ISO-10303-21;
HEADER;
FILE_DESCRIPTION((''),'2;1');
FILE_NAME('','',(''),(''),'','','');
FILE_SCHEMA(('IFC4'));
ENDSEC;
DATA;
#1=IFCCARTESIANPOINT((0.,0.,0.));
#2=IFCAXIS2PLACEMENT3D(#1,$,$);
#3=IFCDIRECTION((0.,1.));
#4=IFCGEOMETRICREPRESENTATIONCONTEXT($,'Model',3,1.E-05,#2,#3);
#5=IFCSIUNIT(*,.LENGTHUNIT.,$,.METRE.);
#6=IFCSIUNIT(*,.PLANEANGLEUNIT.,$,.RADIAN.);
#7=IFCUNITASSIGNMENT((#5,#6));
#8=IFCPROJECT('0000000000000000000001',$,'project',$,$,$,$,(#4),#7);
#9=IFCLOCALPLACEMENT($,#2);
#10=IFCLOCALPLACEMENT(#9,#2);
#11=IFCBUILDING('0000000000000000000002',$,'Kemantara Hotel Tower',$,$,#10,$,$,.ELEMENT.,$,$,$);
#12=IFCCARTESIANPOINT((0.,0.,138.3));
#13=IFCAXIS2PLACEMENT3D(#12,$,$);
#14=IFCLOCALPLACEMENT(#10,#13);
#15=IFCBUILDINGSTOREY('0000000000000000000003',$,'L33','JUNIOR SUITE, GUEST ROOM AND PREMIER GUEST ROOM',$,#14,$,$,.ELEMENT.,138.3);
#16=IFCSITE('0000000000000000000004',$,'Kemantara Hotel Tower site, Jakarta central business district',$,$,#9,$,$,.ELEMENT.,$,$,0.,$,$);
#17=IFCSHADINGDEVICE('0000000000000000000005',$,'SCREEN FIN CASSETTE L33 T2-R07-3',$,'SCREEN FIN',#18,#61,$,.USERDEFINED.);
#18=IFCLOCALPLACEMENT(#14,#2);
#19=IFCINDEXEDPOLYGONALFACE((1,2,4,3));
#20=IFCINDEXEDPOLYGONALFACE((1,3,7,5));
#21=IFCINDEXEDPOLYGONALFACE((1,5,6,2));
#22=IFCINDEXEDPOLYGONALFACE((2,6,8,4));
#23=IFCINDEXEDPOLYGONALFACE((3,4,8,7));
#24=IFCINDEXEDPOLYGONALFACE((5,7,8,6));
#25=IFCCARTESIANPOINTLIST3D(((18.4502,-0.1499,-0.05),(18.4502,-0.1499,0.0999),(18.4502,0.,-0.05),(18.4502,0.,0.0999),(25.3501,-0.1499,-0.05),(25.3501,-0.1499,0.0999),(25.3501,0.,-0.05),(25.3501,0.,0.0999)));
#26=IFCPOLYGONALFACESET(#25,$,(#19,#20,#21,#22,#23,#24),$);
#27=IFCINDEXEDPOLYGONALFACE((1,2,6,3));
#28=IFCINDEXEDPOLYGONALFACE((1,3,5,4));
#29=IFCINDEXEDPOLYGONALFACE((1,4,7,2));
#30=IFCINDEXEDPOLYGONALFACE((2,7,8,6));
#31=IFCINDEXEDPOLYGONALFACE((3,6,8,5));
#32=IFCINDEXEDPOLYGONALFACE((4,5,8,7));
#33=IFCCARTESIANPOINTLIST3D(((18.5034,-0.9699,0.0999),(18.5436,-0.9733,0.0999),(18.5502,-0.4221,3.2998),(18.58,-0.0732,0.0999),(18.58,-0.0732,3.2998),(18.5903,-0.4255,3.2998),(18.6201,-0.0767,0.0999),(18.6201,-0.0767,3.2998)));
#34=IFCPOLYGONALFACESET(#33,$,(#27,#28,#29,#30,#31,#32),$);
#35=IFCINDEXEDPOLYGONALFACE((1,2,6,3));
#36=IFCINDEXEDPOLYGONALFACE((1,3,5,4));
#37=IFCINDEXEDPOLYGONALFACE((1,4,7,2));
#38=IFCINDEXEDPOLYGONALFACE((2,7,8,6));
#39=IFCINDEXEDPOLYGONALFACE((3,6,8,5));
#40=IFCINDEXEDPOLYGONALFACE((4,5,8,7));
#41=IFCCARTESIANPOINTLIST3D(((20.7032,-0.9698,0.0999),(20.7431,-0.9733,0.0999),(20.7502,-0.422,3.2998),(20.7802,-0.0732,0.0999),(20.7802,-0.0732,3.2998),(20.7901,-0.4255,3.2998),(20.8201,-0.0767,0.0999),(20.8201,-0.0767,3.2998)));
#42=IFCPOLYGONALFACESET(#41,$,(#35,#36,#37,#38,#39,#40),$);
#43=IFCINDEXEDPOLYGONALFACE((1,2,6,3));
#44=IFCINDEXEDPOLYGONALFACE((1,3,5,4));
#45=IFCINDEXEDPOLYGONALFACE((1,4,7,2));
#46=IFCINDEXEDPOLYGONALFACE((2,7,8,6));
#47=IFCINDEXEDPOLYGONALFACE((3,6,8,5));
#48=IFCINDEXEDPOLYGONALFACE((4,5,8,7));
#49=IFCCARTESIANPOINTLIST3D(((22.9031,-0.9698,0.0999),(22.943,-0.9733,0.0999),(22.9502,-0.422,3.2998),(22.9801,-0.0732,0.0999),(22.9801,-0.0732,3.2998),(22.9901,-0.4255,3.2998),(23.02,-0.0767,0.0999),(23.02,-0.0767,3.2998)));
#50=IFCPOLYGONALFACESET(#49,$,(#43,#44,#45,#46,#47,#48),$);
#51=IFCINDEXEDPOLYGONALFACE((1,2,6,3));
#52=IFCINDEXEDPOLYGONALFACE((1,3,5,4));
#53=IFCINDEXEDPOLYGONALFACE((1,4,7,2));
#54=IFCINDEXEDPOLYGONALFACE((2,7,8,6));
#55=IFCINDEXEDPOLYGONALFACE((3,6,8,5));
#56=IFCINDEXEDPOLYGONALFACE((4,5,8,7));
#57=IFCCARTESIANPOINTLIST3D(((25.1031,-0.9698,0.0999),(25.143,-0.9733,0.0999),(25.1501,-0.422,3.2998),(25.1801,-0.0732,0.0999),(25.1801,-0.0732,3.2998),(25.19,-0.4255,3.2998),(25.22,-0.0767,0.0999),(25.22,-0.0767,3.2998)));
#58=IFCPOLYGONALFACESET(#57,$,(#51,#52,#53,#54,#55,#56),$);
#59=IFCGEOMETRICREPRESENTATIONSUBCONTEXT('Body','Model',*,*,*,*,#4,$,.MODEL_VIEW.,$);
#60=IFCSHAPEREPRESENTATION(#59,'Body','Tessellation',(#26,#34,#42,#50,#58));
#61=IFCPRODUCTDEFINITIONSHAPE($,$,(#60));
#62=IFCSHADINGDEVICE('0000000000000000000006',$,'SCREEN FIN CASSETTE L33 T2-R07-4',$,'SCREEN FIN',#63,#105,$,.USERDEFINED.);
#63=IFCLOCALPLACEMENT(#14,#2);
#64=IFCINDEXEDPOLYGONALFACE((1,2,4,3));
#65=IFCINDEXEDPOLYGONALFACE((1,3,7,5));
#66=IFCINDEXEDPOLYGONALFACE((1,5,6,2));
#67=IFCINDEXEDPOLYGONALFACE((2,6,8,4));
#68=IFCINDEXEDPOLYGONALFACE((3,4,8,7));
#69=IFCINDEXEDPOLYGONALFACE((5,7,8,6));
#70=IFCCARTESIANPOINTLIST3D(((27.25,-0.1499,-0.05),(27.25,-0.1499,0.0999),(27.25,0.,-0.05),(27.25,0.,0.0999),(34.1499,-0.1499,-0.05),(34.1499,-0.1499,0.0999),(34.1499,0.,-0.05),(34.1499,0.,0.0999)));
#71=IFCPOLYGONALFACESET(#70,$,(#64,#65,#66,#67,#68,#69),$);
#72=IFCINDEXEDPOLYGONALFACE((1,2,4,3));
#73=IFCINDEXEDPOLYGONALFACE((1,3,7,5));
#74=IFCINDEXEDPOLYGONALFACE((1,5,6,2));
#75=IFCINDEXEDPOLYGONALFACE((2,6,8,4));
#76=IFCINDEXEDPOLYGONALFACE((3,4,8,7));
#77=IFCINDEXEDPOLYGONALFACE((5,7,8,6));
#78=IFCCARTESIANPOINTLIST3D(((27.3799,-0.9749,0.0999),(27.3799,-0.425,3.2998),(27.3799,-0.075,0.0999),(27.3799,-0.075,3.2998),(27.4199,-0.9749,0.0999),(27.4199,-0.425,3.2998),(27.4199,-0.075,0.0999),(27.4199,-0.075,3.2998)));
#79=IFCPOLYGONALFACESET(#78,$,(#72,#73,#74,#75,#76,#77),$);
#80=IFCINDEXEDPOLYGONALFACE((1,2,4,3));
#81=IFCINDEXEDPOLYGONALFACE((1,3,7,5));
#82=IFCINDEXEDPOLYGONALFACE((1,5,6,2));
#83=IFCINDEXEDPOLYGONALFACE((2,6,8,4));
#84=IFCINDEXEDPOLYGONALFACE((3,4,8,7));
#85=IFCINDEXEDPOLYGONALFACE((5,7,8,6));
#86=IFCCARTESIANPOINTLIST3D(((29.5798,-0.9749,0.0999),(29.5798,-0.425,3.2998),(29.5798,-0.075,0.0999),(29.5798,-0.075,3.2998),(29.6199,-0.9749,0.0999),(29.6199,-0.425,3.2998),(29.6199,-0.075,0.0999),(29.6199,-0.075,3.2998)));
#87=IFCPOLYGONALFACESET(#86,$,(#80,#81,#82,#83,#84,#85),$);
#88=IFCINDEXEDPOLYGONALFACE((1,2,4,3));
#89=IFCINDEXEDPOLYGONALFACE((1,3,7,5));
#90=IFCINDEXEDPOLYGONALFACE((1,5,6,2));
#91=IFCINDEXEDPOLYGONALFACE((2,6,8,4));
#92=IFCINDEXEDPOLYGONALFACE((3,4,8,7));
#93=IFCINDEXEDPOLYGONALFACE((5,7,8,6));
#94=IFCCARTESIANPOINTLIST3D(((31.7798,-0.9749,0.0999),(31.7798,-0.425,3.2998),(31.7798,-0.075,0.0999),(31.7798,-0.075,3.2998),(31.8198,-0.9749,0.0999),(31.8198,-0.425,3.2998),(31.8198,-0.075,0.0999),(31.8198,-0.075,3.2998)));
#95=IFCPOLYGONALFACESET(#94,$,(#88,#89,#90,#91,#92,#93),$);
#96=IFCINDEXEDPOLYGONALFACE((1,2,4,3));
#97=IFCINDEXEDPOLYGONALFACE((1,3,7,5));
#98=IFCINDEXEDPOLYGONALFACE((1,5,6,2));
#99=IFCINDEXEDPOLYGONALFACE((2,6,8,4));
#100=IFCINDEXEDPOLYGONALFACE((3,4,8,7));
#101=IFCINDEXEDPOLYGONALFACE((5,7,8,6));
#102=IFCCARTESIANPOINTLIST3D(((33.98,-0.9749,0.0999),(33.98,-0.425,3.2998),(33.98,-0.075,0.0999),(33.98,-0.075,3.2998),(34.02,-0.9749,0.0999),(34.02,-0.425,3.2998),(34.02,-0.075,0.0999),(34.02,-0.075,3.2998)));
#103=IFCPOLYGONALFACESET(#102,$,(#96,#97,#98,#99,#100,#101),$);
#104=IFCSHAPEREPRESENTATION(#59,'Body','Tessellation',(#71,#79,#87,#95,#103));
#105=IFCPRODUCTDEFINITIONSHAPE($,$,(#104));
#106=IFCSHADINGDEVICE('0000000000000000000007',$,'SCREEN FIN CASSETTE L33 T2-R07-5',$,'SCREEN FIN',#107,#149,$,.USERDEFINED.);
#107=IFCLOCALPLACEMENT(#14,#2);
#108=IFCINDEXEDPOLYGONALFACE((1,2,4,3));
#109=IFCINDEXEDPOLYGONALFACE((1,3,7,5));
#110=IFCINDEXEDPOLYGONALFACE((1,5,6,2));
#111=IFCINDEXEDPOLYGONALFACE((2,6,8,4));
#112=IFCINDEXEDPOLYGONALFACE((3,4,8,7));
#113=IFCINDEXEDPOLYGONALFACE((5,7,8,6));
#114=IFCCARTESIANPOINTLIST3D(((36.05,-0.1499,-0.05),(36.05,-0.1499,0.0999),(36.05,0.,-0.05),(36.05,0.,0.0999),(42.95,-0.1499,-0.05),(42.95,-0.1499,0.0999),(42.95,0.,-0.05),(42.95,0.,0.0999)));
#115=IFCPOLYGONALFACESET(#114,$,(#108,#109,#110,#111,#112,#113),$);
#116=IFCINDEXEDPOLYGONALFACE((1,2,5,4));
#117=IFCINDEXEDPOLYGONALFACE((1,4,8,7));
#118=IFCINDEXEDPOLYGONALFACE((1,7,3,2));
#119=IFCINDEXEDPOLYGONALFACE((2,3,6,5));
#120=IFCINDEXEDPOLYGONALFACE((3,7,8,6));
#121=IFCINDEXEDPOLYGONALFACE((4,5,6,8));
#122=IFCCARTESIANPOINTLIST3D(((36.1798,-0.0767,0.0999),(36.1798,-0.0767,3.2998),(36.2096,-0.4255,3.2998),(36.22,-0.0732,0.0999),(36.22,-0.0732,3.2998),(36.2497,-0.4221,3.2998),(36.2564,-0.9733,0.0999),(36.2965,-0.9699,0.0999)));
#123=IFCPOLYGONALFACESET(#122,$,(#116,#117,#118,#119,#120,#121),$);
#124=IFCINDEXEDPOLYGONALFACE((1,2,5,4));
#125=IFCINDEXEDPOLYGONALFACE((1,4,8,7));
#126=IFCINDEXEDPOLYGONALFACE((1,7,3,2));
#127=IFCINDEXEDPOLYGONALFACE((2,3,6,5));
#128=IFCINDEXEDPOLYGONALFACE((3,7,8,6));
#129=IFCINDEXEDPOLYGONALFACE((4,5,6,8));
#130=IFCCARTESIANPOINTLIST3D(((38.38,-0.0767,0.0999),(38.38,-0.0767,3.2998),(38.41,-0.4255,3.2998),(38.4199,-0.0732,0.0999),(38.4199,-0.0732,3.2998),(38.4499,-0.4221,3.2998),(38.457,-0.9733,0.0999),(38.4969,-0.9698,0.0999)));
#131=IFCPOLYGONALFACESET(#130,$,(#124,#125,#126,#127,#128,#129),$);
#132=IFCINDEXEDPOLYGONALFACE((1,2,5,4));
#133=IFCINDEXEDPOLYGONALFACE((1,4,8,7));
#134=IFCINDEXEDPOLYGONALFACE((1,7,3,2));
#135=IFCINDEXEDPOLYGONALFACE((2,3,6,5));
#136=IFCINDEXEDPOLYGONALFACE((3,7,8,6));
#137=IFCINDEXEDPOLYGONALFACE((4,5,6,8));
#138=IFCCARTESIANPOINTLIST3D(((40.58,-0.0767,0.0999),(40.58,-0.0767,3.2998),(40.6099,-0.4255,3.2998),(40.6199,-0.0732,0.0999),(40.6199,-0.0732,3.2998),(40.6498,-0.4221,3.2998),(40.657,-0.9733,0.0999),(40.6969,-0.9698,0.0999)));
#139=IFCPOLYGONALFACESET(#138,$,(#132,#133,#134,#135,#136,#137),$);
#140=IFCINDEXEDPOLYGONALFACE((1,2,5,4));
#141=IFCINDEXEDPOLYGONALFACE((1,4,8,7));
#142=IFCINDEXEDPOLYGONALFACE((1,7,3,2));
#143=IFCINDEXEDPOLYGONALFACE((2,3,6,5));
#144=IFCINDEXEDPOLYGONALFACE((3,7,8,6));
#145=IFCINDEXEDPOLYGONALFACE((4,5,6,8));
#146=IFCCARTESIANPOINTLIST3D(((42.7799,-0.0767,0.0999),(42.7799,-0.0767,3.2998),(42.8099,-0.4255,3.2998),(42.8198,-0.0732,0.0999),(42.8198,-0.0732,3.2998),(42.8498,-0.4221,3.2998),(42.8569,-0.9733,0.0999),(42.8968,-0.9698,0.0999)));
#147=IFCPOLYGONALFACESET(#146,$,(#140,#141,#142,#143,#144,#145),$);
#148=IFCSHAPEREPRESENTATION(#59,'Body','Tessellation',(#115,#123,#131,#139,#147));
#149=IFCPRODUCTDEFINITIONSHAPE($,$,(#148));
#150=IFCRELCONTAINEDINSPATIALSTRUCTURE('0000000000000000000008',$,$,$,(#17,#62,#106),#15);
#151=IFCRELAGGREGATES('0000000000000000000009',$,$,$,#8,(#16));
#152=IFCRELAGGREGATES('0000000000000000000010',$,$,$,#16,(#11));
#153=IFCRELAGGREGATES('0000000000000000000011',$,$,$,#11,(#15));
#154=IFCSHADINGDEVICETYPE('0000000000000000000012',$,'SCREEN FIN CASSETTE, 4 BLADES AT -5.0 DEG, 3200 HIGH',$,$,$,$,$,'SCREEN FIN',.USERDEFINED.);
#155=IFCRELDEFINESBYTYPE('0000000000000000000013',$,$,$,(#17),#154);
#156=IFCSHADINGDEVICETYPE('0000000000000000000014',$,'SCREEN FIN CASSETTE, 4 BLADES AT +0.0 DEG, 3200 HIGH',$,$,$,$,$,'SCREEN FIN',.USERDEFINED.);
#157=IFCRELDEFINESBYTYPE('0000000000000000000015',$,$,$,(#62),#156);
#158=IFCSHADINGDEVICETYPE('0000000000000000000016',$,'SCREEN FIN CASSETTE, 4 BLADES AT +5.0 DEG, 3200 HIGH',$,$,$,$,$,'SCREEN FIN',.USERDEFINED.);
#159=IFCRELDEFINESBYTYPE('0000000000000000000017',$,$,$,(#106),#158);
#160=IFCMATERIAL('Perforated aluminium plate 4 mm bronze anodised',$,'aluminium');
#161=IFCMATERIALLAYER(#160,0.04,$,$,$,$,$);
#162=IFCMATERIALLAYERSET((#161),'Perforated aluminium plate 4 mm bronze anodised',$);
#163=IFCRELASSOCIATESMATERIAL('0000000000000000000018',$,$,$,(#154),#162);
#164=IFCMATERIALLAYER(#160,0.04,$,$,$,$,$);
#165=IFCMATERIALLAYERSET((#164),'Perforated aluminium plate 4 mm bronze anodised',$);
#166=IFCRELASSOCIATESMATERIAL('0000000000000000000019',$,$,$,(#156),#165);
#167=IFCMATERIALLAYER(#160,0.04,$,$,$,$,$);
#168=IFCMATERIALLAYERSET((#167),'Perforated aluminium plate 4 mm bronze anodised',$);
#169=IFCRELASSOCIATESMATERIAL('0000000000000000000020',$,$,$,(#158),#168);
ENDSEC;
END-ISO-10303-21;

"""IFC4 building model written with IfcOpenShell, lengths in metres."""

from ifc_helpers import new_model, si_unit, direction, frame, origin, origin_2d, place, context, subcontext, project, spatial, polyline, rectangle, outline, extrude, source, transform, mapped, material, layer, layer_set, type_object, element, save


model = new_model("IFC4")

# Units and contexts
model_context = context("Model", 3, precision=1e-05, world=origin(), true_north=direction((0.0, 1.0)))
body_context = subcontext(model_context, "Body", "Model", "MODEL_VIEW")
ifc_project = project(units=[si_unit("LENGTHUNIT", "METRE"), si_unit("PLANEANGLEUNIT", "RADIAN")], contexts=[model_context])

# Site, building, storey
site_placement = place(None, origin())
site = spatial("IfcSite", under=ifc_project, at=site_placement, Name="Kemantara Hotel Tower site, Jakarta central business district", CompositionType="ELEMENT", RefElevation=0.0)
building_placement = place(site_placement, origin())
building = spatial("IfcBuilding", under=site, at=building_placement, Name="Kemantara Hotel Tower", CompositionType="ELEMENT")
storey_placement = place(building_placement, frame((0.0, 0.0, 138.3)))
storey = spatial("IfcBuildingStorey", under=building, at=storey_placement, Name="L33", Description="JUNIOR SUITE, GUEST ROOM AND PREMIER GUEST ROOM", CompositionType="ELEMENT", Elevation=138.3)

# Shading devices
ifc_material_1 = material(Name="Perforated aluminium plate 4 mm bronze anodised", Category="aluminium")
ifc_layer_1 = layer(ifc_material_1, 0.04)
ifc_layer_set_1 = layer_set([ifc_layer_1], Name="Perforated aluminium plate 4 mm bronze anodised")
shading_device_type_1 = type_object("IfcShadingDeviceType", Name="SCREEN FIN CASSETTE, 4 BLADES AT -5.0 DEG, 3200 HIGH", ElementType="SCREEN FIN", PredefinedType="USERDEFINED", material=ifc_layer_set_1)
shared_shape_1 = source(origin(), body_context, "Body", "SweptSolid", [
    extrude(rectangle(XDim=6.8999, YDim=0.1499, at=origin_2d()), frame((3.3, -0.075, -0.1499), z_axis=(0.0, 0.0, 1.0), x_axis=(1.0, 0.0, 0.0)), (0.0, 0.0, 1.0), 0.1499),
    extrude(outline(polyline([(0.0, 0.0), (0.8999, 0.0), (0.3501, 3.2), (0.0, 3.2), (0.0, 0.0)])), frame((0.02, -0.0767, 0.0), z_axis=(-0.996376, 0.085056, 0.0), x_axis=(-0.085056, -0.996376, 0.0)), (0.0, 0.0, 1.0), 0.0403),
    extrude(outline(polyline([(0.0, 0.0), (0.8999, 0.0), (0.3501, 3.2), (0.0, 3.2), (0.0, 0.0)])), frame((2.22, -0.0767, 0.0), z_axis=(-0.996332, 0.085575, 0.0), x_axis=(-0.085575, -0.996332, 0.0)), (0.0, 0.0, 1.0), 0.04),
    extrude(outline(polyline([(0.0, 0.0), (0.8999, 0.0), (0.3501, 3.2), (0.0, 3.2), (0.0, 0.0)])), frame((4.4199, -0.0767, 0.0), z_axis=(-0.996332, 0.085575, 0.0), x_axis=(-0.085575, -0.996332, 0.0)), (0.0, 0.0, 1.0), 0.04),
    extrude(outline(polyline([(0.0, 0.0), (0.8999, 0.0), (0.3501, 3.2), (0.0, 3.2), (0.0, 0.0)])), frame((6.6199, -0.0767, 0.0), z_axis=(-0.996332, 0.085575, 0.0), x_axis=(-0.085575, -0.996332, 0.0)), (0.0, 0.0, 1.0), 0.04),
])
shading_device_1_placement = place(storey_placement, frame((18.6001, 0.0, 0.0999), z_axis=(0.0, 0.0, 1.0), x_axis=(1.0, 0.0, 0.0)))
element("IfcShadingDevice", 1, at=shading_device_1_placement, inside=storey, type_object=shading_device_type_1, Name="SCREEN FIN CASSETTE L33 T2-R07-3", ObjectType="SCREEN FIN", PredefinedType="USERDEFINED", context=body_context, shape_type="MappedRepresentation", body=[
    mapped(shared_shape_1, transform((0.0, 0.0, 0.0))),
])
ifc_layer_2 = layer(ifc_material_1, 0.04)
ifc_layer_set_2 = layer_set([ifc_layer_2], Name="Perforated aluminium plate 4 mm bronze anodised")
shading_device_type_2 = type_object("IfcShadingDeviceType", Name="SCREEN FIN CASSETTE, 4 BLADES AT +0.0 DEG, 3200 HIGH", ElementType="SCREEN FIN", PredefinedType="USERDEFINED", material=ifc_layer_set_2)
shared_shape_2 = source(origin(), body_context, "Body", "SweptSolid", [
    extrude(rectangle(XDim=6.8999, YDim=0.1499, at=origin_2d()), frame((3.3, -0.075, -0.1499), z_axis=(0.0, 0.0, 1.0), x_axis=(1.0, 0.0, 0.0)), (0.0, 0.0, 1.0), 0.1499),
    extrude(outline(polyline([(0.0, 0.0), (0.8999, 0.0), (0.3501, 3.2), (0.0, 3.2), (0.0, 0.0)])), frame((0.02, -0.075, 0.0), z_axis=(-1.0, 0.0, 0.0), x_axis=(0.0, -1.0, 0.0)), (0.0, 0.0, 1.0), 0.04),
    extrude(outline(polyline([(0.0, 0.0), (0.8999, 0.0), (0.3501, 3.2), (0.0, 3.2), (0.0, 0.0)])), frame((2.22, -0.075, 0.0), z_axis=(-1.0, 0.0, 0.0), x_axis=(0.0, -1.0, 0.0)), (0.0, 0.0, 1.0), 0.04),
    extrude(outline(polyline([(0.0, 0.0), (0.8999, 0.0), (0.3501, 3.2), (0.0, 3.2), (0.0, 0.0)])), frame((4.4199, -0.075, 0.0), z_axis=(-1.0, 0.0, 0.0), x_axis=(0.0, -1.0, 0.0)), (0.0, 0.0, 1.0), 0.04),
    extrude(outline(polyline([(0.0, 0.0), (0.8999, 0.0), (0.3501, 3.2), (0.0, 3.2), (0.0, 0.0)])), frame((6.6201, -0.075, 0.0), z_axis=(-1.0, 0.0, 0.0), x_axis=(0.0, -1.0, 0.0)), (0.0, 0.0, 1.0), 0.04),
])
shading_device_2_placement = place(storey_placement, frame((27.3999, 0.0, 0.0999), z_axis=(0.0, 0.0, 1.0), x_axis=(1.0, 0.0, 0.0)))
element("IfcShadingDevice", 2, at=shading_device_2_placement, inside=storey, type_object=shading_device_type_2, Name="SCREEN FIN CASSETTE L33 T2-R07-4", ObjectType="SCREEN FIN", PredefinedType="USERDEFINED", context=body_context, shape_type="MappedRepresentation", body=[
    mapped(shared_shape_2, transform((0.0, 0.0, 0.0))),
])
ifc_layer_3 = layer(ifc_material_1, 0.04)
ifc_layer_set_3 = layer_set([ifc_layer_3], Name="Perforated aluminium plate 4 mm bronze anodised")
shading_device_type_3 = type_object("IfcShadingDeviceType", Name="SCREEN FIN CASSETTE, 4 BLADES AT +5.0 DEG, 3200 HIGH", ElementType="SCREEN FIN", PredefinedType="USERDEFINED", material=ifc_layer_set_3)
shared_shape_3 = source(origin(), body_context, "Body", "SweptSolid", [
    extrude(rectangle(XDim=6.8999, YDim=0.1499, at=origin_2d()), frame((3.3, -0.075, -0.1499), z_axis=(0.0, 0.0, 1.0), x_axis=(1.0, 0.0, 0.0)), (0.0, 0.0, 1.0), 0.1499),
    extrude(outline(polyline([(0.0, 0.0), (0.8999, 0.0), (0.3501, 3.2), (0.0, 3.2), (0.0, 0.0)])), frame((0.02, -0.0732, 0.0), z_axis=(-0.996376, -0.085056, 0.0), x_axis=(0.085056, -0.996376, 0.0)), (0.0, 0.0, 1.0), 0.0403),
    extrude(outline(polyline([(0.0, 0.0), (0.8999, 0.0), (0.3501, 3.2), (0.0, 3.2), (0.0, 0.0)])), frame((2.22, -0.0732, 0.0), z_axis=(-0.996332, -0.085575, 0.0), x_axis=(0.085575, -0.996332, 0.0)), (0.0, 0.0, 1.0), 0.04),
    extrude(outline(polyline([(0.0, 0.0), (0.8999, 0.0), (0.3501, 3.2), (0.0, 3.2), (0.0, 0.0)])), frame((4.4199, -0.0732, 0.0), z_axis=(-0.996332, -0.085575, 0.0), x_axis=(0.085575, -0.996332, 0.0)), (0.0, 0.0, 1.0), 0.04),
    extrude(outline(polyline([(0.0, 0.0), (0.8999, 0.0), (0.3501, 3.2), (0.0, 3.2), (0.0, 0.0)])), frame((6.6199, -0.0732, 0.0), z_axis=(-0.996332, -0.085575, 0.0), x_axis=(0.085575, -0.996332, 0.0)), (0.0, 0.0, 1.0), 0.04),
])
shading_device_3_placement = place(storey_placement, frame((36.2, 0.0, 0.0999), z_axis=(0.0, 0.0, 1.0), x_axis=(1.0, 0.0, 0.0)))
element("IfcShadingDevice", 3, at=shading_device_3_placement, inside=storey, type_object=shading_device_type_3, Name="SCREEN FIN CASSETTE L33 T2-R07-5", ObjectType="SCREEN FIN", PredefinedType="USERDEFINED", context=body_context, shape_type="MappedRepresentation", body=[
    mapped(shared_shape_3, transform((0.0, 0.0, 0.0))),
])

save(model, "model.ifc")
